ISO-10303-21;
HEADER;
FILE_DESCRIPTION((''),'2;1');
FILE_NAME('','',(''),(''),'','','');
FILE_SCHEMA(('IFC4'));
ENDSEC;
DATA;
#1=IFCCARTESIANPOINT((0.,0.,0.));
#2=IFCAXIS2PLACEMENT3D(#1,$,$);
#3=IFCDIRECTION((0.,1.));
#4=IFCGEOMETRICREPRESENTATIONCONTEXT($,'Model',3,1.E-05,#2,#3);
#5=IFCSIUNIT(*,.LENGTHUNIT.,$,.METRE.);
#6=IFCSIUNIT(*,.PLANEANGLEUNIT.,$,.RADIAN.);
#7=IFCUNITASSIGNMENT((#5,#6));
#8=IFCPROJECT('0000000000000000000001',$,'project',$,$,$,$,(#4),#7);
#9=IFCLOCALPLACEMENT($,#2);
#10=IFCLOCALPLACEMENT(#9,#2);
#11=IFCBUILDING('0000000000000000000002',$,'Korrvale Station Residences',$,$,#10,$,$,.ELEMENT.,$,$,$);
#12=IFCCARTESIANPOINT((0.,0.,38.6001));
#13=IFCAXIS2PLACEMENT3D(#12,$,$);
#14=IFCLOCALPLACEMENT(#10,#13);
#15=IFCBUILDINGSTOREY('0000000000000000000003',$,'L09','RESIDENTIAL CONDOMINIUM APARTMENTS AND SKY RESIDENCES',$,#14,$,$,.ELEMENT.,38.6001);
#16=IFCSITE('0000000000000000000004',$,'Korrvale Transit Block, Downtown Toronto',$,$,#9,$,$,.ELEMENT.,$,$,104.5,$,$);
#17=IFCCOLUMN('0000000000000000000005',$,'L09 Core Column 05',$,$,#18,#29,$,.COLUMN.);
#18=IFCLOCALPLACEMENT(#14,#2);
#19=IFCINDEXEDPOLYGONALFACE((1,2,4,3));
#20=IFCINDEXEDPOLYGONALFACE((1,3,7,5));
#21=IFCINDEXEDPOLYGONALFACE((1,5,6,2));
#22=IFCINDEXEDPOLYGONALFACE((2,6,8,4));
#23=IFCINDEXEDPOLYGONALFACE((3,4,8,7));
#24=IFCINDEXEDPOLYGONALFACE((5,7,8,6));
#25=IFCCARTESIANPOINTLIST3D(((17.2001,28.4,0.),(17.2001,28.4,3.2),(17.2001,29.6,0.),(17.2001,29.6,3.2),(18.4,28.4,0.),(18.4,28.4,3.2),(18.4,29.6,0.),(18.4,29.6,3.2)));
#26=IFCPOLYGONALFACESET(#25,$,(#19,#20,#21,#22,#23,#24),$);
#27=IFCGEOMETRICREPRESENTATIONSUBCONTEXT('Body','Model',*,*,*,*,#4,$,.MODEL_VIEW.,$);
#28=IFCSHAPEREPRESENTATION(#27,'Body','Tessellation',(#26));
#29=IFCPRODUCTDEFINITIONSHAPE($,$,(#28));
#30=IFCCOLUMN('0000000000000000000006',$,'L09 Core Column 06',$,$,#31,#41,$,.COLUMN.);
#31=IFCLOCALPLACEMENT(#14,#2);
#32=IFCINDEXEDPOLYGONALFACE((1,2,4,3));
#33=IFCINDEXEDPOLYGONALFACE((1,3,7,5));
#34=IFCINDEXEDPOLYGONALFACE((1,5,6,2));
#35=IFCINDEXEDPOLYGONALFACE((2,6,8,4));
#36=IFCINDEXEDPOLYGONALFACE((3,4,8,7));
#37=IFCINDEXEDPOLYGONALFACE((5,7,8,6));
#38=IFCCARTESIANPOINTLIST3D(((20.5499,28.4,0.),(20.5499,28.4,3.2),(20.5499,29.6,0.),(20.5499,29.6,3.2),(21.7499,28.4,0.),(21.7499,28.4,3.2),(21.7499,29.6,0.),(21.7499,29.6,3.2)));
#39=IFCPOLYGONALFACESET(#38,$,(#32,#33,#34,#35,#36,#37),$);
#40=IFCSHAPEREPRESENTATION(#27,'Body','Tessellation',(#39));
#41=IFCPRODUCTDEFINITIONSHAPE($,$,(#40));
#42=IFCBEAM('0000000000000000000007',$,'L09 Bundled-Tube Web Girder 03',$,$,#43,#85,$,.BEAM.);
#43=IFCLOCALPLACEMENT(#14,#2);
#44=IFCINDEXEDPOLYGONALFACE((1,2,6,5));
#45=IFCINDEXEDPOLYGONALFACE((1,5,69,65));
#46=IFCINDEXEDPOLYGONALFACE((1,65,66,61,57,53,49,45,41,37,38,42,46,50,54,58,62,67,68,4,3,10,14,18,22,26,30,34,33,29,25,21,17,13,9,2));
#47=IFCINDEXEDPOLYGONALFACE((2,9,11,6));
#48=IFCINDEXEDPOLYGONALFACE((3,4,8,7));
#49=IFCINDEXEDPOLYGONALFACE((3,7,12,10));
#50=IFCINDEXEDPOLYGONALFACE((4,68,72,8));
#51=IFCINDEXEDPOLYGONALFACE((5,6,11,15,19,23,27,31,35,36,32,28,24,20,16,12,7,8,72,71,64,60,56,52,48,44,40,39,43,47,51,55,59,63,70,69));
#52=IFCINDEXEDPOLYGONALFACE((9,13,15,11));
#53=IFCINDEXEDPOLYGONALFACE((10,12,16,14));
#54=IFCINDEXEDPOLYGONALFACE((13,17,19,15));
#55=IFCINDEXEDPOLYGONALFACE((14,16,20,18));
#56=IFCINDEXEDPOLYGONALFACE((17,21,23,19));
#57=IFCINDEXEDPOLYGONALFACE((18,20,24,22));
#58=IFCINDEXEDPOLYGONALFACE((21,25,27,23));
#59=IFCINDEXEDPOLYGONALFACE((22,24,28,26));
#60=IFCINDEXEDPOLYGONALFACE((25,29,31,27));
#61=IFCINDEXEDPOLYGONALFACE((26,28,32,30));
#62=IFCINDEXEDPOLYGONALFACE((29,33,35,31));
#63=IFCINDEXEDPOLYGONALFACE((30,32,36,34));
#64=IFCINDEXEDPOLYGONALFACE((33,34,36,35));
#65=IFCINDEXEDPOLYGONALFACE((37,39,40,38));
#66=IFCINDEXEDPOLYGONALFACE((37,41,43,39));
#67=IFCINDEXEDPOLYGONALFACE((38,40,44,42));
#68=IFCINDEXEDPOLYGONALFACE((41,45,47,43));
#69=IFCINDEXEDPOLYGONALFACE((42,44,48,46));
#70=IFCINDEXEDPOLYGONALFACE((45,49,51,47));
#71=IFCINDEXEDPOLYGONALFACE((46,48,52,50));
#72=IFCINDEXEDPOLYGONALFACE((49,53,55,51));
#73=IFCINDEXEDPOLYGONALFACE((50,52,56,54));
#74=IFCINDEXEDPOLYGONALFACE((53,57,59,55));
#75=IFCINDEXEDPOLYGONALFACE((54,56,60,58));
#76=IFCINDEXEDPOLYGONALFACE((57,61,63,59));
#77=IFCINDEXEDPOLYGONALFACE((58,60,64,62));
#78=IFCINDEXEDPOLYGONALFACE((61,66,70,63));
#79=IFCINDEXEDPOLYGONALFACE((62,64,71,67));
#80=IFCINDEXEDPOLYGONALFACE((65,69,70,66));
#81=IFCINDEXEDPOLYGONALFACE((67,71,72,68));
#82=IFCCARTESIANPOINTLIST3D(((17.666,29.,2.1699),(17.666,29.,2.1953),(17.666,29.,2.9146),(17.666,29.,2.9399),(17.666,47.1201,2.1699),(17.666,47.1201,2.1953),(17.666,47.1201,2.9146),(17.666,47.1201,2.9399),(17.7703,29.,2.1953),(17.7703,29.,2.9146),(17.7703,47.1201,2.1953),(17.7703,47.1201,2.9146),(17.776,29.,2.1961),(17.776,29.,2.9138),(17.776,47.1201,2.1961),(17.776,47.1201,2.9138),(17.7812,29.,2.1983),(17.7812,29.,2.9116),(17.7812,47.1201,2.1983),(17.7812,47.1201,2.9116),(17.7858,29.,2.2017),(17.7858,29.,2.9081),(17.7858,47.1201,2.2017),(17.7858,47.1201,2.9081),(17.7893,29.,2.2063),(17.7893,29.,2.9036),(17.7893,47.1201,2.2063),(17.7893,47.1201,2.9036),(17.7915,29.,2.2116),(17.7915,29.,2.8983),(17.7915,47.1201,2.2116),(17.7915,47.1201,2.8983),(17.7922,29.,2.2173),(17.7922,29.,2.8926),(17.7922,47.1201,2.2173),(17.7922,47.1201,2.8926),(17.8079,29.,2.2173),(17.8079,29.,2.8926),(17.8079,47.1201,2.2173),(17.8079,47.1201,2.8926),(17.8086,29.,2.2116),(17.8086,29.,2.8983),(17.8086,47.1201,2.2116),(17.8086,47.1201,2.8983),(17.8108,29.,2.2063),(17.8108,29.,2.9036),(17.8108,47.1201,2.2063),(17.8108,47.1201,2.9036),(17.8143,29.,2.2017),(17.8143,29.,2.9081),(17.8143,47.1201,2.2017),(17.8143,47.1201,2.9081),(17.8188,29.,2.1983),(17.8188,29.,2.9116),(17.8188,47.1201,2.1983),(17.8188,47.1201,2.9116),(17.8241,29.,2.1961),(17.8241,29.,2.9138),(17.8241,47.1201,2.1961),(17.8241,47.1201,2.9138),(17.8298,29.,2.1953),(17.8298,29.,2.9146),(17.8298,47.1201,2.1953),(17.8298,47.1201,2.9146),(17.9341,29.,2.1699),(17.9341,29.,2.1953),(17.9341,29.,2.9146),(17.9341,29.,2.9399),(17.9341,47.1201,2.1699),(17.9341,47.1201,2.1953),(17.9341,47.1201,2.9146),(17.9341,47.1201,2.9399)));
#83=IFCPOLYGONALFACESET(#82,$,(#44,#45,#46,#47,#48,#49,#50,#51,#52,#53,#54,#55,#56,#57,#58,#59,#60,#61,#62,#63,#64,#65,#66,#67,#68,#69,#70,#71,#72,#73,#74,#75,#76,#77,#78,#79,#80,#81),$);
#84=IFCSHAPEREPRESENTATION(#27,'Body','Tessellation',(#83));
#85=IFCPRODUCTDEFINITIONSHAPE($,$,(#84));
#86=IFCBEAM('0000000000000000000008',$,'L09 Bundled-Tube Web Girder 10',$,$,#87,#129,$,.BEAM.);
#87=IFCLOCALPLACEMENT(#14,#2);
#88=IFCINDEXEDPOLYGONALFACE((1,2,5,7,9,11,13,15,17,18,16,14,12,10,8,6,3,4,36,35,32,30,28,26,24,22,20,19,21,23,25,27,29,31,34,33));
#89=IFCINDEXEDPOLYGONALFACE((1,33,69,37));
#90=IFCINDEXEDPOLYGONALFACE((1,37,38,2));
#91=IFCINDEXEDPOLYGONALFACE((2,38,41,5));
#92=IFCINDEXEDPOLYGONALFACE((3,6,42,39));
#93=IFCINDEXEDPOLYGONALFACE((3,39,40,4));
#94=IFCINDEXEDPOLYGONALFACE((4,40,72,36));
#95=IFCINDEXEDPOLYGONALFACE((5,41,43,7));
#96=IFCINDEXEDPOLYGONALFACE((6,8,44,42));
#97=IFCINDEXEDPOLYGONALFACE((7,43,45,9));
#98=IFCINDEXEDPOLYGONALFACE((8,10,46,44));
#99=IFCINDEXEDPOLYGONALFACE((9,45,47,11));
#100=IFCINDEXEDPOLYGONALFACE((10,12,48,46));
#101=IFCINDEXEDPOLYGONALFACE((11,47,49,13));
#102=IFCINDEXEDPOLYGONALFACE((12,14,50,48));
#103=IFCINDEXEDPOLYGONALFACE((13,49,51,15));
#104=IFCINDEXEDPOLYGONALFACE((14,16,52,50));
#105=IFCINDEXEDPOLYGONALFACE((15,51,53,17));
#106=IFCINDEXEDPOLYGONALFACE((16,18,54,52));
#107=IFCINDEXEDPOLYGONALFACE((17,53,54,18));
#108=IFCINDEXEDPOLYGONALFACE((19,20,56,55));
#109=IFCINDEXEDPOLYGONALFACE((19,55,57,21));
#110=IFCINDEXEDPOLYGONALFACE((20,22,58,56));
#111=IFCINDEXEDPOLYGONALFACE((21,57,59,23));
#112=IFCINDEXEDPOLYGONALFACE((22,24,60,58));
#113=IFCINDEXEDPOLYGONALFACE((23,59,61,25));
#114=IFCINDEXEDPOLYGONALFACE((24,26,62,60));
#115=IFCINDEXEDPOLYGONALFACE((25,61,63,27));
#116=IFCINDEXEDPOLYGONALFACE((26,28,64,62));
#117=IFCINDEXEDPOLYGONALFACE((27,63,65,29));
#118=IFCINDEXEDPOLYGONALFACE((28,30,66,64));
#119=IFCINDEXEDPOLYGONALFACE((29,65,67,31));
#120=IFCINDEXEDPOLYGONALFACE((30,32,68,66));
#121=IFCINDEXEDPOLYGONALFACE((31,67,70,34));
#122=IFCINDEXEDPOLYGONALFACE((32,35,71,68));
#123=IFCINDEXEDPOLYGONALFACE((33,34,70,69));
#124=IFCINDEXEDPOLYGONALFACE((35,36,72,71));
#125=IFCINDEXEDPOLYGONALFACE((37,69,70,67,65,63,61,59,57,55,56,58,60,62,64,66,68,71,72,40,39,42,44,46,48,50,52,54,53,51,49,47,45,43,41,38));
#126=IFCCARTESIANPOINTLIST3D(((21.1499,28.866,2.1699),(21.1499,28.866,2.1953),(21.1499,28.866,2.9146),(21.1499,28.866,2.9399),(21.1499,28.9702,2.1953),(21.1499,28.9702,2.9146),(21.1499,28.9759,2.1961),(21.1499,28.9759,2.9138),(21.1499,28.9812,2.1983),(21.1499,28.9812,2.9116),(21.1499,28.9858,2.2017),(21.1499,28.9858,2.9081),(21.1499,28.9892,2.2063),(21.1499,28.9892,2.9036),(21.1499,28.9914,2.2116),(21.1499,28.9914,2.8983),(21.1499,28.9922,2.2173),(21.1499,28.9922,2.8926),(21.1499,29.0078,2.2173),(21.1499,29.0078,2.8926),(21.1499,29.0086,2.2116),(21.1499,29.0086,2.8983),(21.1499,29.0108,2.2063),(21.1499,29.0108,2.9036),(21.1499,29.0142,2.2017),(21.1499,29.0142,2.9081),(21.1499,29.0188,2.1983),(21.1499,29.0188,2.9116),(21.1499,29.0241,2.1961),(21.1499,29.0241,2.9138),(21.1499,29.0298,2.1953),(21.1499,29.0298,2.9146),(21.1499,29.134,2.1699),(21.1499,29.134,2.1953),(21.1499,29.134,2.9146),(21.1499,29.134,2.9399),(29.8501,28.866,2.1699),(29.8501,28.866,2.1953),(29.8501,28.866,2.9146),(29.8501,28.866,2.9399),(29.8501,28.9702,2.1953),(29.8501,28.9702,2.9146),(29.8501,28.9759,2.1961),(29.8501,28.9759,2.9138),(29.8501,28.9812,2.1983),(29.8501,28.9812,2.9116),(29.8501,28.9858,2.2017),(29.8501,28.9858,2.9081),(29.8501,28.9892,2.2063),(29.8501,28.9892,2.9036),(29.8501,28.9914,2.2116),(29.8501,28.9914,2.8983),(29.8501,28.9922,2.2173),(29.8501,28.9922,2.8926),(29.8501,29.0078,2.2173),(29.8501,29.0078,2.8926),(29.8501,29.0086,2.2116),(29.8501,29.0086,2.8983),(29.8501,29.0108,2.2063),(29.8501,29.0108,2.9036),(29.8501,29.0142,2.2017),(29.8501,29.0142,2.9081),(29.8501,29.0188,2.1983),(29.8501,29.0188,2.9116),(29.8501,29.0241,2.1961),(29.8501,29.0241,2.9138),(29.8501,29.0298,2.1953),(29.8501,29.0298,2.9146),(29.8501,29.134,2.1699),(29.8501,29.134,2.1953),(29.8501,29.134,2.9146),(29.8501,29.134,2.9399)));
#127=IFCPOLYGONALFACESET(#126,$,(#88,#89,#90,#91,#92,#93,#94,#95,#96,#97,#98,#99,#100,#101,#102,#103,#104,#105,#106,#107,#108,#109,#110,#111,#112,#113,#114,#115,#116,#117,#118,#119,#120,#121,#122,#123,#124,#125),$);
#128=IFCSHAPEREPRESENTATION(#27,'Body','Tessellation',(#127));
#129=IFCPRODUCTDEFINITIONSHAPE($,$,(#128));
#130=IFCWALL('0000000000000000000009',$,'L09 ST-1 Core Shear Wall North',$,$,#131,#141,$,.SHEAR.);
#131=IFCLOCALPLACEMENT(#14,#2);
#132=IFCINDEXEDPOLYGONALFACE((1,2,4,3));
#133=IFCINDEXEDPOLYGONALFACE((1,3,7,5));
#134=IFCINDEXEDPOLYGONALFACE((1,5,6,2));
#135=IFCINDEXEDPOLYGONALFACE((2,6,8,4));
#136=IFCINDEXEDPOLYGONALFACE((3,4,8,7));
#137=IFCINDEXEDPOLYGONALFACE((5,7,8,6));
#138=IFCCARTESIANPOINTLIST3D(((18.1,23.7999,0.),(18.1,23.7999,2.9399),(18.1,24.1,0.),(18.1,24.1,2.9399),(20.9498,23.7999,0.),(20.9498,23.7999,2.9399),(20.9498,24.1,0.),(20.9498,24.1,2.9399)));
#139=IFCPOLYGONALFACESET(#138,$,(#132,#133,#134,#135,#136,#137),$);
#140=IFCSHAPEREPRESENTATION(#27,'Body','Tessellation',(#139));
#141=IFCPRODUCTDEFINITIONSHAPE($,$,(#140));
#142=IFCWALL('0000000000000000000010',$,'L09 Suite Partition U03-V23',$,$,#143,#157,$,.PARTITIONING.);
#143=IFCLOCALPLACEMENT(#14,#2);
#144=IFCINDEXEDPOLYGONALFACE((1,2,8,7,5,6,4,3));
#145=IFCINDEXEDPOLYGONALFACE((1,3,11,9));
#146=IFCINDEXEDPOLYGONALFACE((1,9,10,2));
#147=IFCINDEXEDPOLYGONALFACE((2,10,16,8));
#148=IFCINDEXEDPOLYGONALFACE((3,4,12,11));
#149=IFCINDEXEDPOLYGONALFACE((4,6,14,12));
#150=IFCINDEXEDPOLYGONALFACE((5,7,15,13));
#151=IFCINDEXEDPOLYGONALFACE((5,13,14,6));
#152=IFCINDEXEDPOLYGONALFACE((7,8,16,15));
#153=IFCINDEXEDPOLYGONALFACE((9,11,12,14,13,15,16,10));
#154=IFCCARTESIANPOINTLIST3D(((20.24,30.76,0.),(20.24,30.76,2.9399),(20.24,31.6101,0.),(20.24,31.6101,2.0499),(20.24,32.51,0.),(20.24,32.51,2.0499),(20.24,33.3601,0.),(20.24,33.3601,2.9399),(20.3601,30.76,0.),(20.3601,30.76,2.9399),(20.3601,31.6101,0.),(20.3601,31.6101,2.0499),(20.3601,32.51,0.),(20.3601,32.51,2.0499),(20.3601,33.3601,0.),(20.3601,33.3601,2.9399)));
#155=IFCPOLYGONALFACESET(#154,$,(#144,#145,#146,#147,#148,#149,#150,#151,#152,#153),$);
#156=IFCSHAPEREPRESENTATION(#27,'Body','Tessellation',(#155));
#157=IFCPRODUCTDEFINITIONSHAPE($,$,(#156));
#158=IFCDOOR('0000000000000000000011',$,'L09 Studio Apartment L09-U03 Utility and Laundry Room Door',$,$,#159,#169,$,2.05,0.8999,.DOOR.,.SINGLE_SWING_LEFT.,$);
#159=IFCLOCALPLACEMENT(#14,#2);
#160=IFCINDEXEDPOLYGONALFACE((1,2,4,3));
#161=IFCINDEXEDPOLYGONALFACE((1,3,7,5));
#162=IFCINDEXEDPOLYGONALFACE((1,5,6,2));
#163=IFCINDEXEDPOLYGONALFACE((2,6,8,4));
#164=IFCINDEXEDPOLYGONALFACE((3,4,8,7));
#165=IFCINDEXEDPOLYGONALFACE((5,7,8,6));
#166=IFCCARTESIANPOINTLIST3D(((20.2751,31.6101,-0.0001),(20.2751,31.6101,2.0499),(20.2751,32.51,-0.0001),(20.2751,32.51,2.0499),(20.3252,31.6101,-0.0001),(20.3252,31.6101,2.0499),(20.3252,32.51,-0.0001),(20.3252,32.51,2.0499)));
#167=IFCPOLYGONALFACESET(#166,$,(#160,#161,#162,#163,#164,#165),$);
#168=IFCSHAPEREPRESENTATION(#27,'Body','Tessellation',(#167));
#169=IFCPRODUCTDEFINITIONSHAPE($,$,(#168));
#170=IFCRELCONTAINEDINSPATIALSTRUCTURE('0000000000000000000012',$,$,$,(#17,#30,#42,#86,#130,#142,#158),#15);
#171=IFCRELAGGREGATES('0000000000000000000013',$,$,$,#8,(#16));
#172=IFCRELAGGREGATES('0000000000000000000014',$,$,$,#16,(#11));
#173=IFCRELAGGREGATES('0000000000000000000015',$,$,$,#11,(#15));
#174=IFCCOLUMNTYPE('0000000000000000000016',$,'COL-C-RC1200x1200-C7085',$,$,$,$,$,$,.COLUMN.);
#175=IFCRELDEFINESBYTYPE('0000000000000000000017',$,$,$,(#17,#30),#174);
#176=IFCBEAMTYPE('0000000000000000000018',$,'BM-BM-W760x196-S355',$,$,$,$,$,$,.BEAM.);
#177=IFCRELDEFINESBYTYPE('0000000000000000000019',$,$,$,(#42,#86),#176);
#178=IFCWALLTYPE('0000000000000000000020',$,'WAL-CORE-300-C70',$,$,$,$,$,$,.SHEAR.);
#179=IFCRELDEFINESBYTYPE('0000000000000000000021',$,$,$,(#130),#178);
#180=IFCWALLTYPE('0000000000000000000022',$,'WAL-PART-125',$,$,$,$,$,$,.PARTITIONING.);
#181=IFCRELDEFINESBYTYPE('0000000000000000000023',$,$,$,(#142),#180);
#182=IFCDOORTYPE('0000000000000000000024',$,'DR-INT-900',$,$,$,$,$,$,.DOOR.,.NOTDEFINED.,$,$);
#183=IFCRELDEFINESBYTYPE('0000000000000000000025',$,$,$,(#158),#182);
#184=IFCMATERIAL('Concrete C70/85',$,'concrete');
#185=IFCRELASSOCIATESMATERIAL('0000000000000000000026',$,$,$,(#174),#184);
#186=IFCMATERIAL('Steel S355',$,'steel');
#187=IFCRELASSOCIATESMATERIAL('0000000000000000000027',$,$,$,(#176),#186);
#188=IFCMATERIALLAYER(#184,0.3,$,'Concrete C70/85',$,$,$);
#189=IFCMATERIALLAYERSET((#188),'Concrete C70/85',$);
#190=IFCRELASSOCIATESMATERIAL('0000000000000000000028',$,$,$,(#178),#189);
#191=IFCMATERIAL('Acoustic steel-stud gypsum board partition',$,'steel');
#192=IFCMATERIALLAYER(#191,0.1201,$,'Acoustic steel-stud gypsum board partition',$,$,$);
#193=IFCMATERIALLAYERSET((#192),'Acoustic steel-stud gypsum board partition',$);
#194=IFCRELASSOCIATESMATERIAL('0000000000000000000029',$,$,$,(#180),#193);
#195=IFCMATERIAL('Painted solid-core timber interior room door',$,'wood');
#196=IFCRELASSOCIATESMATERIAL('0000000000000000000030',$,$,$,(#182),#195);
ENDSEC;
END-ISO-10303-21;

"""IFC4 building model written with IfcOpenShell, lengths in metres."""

from ifc_helpers import new_model, si_unit, direction, frame, frame_2d, origin, origin_2d, place, context, subcontext, project, spatial, rectangle, i_section, extrude, material, layer, layer_set, material_profile, profile_set, type_object, element, fill, save


model = new_model("IFC4")

# Units and contexts
model_context = context("Model", 3, precision=1e-05, world=origin(), true_north=direction((0.0, 1.0)))
body_context = subcontext(model_context, "Body", "Model", "MODEL_VIEW")
ifc_project = project(units=[si_unit("LENGTHUNIT", "METRE"), si_unit("PLANEANGLEUNIT", "RADIAN")], contexts=[model_context])

# Site, building, storey
site_placement = place(None, origin())
site = spatial("IfcSite", under=ifc_project, at=site_placement, Name="Korrvale Transit Block, Downtown Toronto", CompositionType="ELEMENT", RefElevation=104.5)
building_placement = place(site_placement, origin())
building = spatial("IfcBuilding", under=site, at=building_placement, Name="Korrvale Station Residences", CompositionType="ELEMENT")
storey_placement = place(building_placement, frame((0.0, 0.0, 38.6001)))
storey = spatial("IfcBuildingStorey", under=building, at=storey_placement, Name="L09", Description="RESIDENTIAL CONDOMINIUM APARTMENTS AND SKY RESIDENCES", CompositionType="ELEMENT", Elevation=38.6001)

# Columns
ifc_material_1 = material(Name="Concrete C70/85", Category="concrete")
ifc_material_profile_1 = material_profile(ifc_material_1, rectangle(XDim=1.2, YDim=1.2, at=origin_2d()), Name="RC1200x1200")
ifc_profile_set_1 = profile_set([ifc_material_profile_1], Name="Concrete C70/85")
column_type = type_object("IfcColumnType", Name="COL-C-RC1200x1200-C7085", PredefinedType="COLUMN", material=ifc_profile_set_1)
for number, where, z_axis, x_axis, name in (
    (1, (17.8, 29.0, 0.0), (0.0, 0.0, 1.0), (1.0, 0.0, 0.0), "L09 Core Column 05"),
    (2, (21.1499, 29.0, 0.0), (0.0, 0.0, 1.0), (1.0, 0.0, 0.0), "L09 Core Column 06"),
):
    element("IfcColumn", number, at=place(storey_placement, frame(where, z_axis=z_axis, x_axis=x_axis)), inside=storey, type_object=column_type, Name=name, PredefinedType="COLUMN", context=body_context, shape_type="SweptSolid", body=[
        extrude(rectangle(XDim=1.2, YDim=1.2, at=origin_2d()), origin(), (0.0, 0.0, 1.0), 3.2),
    ])

# Beams
ifc_material_2 = material(Name="Steel S355", Category="steel")
ifc_material_profile_2 = material_profile(ifc_material_2, i_section(OverallWidth=0.2681, OverallDepth=0.77, WebThickness=0.0156, FlangeThickness=0.0254, FilletRadius=0.022, at=origin_2d()), Name="W760x196")
ifc_profile_set_2 = profile_set([ifc_material_profile_2], Name="Steel S355")
beam_type = type_object("IfcBeamType", Name="BM-BM-W760x196-S355", PredefinedType="BEAM", material=ifc_profile_set_2)
beam_1_placement = place(storey_placement, frame((17.8, 29.0, 2.5549), z_axis=(0.0, 1.0, 0.0), x_axis=(-1.0, 0.0, 0.0)))
element("IfcBeam", 3, at=beam_1_placement, inside=storey, type_object=beam_type, Name="L09 Bundled-Tube Web Girder 03", PredefinedType="BEAM", context=body_context, shape_type="SweptSolid", body=[
    extrude(i_section(OverallWidth=0.2681, OverallDepth=0.77, WebThickness=0.0156, FlangeThickness=0.0254, FilletRadius=0.022, at=origin_2d()), origin(), (0.0, 0.0, 1.0), 18.1201),
])
beam_2_placement = place(storey_placement, frame((21.1499, 29.0, 2.5549), z_axis=(1.0, 0.0, 0.0), x_axis=(0.0, 1.0, 0.0)))
element("IfcBeam", 4, at=beam_2_placement, inside=storey, type_object=beam_type, Name="L09 Bundled-Tube Web Girder 10", PredefinedType="BEAM", context=body_context, shape_type="SweptSolid", body=[
    extrude(i_section(OverallWidth=0.2681, OverallDepth=0.77, WebThickness=0.0156, FlangeThickness=0.0254, FilletRadius=0.022, at=origin_2d()), origin(), (0.0, 0.0, 1.0), 8.7002),
])

# Wall
ifc_layer_1 = layer(ifc_material_1, 0.3, Name="Concrete C70/85")
ifc_layer_set_1 = layer_set([ifc_layer_1], Name="Concrete C70/85")
wall_type_1 = type_object("IfcWallType", Name="WAL-CORE-300-C70", PredefinedType="SHEAR", material=ifc_layer_set_1)
wall_1_placement = place(storey_placement, frame((18.1001, 23.95, 0.0), z_axis=(0.0, 0.0, 1.0), x_axis=(1.0, 0.0, 0.0)))
element("IfcWall", 5, at=wall_1_placement, inside=storey, type_object=wall_type_1, Name="L09 ST-1 Core Shear Wall North", PredefinedType="SHEAR", context=body_context, shape_type="SweptSolid", body=[
    extrude(rectangle(XDim=2.8499, YDim=0.3, at=frame_2d((1.4248, 0.0))), origin(), (0.0, 0.0, 1.0), 2.9399),
])

# Wall, opening, door
ifc_material_3 = material(Name="Acoustic steel-stud gypsum board partition", Category="steel")
ifc_layer_2 = layer(ifc_material_3, 0.1201, Name="Acoustic steel-stud gypsum board partition")
ifc_layer_set_2 = layer_set([ifc_layer_2], Name="Acoustic steel-stud gypsum board partition")
wall_type_2 = type_object("IfcWallType", Name="WAL-PART-125", PredefinedType="PARTITIONING", material=ifc_layer_set_2)
wall_2_placement = place(storey_placement, frame((20.3, 30.76, 0.0), z_axis=(0.0, 0.0, 1.0), x_axis=(0.0, 1.0, 0.0)))
wall_2 = element("IfcWall", 6, at=wall_2_placement, inside=storey, type_object=wall_type_2, Name="L09 Suite Partition U03-V23", PredefinedType="PARTITIONING", context=body_context, shape_type="SweptSolid", body=[
    extrude(rectangle(XDim=2.6001, YDim=0.1201, at=frame_2d((1.3, 0.0))), origin(), (0.0, 0.0, 1.0), 2.9399),
])
opening_1_placement = place(wall_2_placement, frame((0.8501, 0.0, 0.0)))
opening_1 = element("IfcOpeningElement", 7, at=opening_1_placement, cuts=wall_2, PredefinedType="OPENING", context=body_context, shape_type="SweptSolid", body=[
    extrude(rectangle(XDim=0.8999, YDim=2.05, at=frame_2d((0.45, 1.0249))), frame((0.0, 0.0701, 0.0), z_axis=(0.0, -1.0, 0.0), x_axis=(1.0, 0.0, 0.0)), (0.0, 0.0, 1.0), 0.1401),
])
ifc_material_4 = material(Name="Painted solid-core timber interior room door", Category="wood")
door_type_1 = type_object("IfcDoorType", Name="DR-INT-900", OperationType="NOTDEFINED", PredefinedType="DOOR", material=ifc_material_4)
door_1_placement = place(opening_1_placement, origin())
door_1 = element("IfcDoor", 8, at=door_1_placement, inside=storey, type_object=door_type_1, Name="L09 Studio Apartment L09-U03 Utility and Laundry Room Door", OperationType="SINGLE_SWING_LEFT", OverallHeight=2.05, OverallWidth=0.8999, PredefinedType="DOOR", context=body_context, shape_type="SweptSolid", body=[
    extrude(rectangle(XDim=0.8999, YDim=2.05, at=frame_2d((0.45, 1.0249))), frame((0.0, 0.0249, 0.0), z_axis=(0.0, -1.0, 0.0), x_axis=(1.0, 0.0, 0.0)), (0.0, 0.0, 1.0), 0.05),
])
fill(opening_1, door_1)

save(model, "model.ifc")
